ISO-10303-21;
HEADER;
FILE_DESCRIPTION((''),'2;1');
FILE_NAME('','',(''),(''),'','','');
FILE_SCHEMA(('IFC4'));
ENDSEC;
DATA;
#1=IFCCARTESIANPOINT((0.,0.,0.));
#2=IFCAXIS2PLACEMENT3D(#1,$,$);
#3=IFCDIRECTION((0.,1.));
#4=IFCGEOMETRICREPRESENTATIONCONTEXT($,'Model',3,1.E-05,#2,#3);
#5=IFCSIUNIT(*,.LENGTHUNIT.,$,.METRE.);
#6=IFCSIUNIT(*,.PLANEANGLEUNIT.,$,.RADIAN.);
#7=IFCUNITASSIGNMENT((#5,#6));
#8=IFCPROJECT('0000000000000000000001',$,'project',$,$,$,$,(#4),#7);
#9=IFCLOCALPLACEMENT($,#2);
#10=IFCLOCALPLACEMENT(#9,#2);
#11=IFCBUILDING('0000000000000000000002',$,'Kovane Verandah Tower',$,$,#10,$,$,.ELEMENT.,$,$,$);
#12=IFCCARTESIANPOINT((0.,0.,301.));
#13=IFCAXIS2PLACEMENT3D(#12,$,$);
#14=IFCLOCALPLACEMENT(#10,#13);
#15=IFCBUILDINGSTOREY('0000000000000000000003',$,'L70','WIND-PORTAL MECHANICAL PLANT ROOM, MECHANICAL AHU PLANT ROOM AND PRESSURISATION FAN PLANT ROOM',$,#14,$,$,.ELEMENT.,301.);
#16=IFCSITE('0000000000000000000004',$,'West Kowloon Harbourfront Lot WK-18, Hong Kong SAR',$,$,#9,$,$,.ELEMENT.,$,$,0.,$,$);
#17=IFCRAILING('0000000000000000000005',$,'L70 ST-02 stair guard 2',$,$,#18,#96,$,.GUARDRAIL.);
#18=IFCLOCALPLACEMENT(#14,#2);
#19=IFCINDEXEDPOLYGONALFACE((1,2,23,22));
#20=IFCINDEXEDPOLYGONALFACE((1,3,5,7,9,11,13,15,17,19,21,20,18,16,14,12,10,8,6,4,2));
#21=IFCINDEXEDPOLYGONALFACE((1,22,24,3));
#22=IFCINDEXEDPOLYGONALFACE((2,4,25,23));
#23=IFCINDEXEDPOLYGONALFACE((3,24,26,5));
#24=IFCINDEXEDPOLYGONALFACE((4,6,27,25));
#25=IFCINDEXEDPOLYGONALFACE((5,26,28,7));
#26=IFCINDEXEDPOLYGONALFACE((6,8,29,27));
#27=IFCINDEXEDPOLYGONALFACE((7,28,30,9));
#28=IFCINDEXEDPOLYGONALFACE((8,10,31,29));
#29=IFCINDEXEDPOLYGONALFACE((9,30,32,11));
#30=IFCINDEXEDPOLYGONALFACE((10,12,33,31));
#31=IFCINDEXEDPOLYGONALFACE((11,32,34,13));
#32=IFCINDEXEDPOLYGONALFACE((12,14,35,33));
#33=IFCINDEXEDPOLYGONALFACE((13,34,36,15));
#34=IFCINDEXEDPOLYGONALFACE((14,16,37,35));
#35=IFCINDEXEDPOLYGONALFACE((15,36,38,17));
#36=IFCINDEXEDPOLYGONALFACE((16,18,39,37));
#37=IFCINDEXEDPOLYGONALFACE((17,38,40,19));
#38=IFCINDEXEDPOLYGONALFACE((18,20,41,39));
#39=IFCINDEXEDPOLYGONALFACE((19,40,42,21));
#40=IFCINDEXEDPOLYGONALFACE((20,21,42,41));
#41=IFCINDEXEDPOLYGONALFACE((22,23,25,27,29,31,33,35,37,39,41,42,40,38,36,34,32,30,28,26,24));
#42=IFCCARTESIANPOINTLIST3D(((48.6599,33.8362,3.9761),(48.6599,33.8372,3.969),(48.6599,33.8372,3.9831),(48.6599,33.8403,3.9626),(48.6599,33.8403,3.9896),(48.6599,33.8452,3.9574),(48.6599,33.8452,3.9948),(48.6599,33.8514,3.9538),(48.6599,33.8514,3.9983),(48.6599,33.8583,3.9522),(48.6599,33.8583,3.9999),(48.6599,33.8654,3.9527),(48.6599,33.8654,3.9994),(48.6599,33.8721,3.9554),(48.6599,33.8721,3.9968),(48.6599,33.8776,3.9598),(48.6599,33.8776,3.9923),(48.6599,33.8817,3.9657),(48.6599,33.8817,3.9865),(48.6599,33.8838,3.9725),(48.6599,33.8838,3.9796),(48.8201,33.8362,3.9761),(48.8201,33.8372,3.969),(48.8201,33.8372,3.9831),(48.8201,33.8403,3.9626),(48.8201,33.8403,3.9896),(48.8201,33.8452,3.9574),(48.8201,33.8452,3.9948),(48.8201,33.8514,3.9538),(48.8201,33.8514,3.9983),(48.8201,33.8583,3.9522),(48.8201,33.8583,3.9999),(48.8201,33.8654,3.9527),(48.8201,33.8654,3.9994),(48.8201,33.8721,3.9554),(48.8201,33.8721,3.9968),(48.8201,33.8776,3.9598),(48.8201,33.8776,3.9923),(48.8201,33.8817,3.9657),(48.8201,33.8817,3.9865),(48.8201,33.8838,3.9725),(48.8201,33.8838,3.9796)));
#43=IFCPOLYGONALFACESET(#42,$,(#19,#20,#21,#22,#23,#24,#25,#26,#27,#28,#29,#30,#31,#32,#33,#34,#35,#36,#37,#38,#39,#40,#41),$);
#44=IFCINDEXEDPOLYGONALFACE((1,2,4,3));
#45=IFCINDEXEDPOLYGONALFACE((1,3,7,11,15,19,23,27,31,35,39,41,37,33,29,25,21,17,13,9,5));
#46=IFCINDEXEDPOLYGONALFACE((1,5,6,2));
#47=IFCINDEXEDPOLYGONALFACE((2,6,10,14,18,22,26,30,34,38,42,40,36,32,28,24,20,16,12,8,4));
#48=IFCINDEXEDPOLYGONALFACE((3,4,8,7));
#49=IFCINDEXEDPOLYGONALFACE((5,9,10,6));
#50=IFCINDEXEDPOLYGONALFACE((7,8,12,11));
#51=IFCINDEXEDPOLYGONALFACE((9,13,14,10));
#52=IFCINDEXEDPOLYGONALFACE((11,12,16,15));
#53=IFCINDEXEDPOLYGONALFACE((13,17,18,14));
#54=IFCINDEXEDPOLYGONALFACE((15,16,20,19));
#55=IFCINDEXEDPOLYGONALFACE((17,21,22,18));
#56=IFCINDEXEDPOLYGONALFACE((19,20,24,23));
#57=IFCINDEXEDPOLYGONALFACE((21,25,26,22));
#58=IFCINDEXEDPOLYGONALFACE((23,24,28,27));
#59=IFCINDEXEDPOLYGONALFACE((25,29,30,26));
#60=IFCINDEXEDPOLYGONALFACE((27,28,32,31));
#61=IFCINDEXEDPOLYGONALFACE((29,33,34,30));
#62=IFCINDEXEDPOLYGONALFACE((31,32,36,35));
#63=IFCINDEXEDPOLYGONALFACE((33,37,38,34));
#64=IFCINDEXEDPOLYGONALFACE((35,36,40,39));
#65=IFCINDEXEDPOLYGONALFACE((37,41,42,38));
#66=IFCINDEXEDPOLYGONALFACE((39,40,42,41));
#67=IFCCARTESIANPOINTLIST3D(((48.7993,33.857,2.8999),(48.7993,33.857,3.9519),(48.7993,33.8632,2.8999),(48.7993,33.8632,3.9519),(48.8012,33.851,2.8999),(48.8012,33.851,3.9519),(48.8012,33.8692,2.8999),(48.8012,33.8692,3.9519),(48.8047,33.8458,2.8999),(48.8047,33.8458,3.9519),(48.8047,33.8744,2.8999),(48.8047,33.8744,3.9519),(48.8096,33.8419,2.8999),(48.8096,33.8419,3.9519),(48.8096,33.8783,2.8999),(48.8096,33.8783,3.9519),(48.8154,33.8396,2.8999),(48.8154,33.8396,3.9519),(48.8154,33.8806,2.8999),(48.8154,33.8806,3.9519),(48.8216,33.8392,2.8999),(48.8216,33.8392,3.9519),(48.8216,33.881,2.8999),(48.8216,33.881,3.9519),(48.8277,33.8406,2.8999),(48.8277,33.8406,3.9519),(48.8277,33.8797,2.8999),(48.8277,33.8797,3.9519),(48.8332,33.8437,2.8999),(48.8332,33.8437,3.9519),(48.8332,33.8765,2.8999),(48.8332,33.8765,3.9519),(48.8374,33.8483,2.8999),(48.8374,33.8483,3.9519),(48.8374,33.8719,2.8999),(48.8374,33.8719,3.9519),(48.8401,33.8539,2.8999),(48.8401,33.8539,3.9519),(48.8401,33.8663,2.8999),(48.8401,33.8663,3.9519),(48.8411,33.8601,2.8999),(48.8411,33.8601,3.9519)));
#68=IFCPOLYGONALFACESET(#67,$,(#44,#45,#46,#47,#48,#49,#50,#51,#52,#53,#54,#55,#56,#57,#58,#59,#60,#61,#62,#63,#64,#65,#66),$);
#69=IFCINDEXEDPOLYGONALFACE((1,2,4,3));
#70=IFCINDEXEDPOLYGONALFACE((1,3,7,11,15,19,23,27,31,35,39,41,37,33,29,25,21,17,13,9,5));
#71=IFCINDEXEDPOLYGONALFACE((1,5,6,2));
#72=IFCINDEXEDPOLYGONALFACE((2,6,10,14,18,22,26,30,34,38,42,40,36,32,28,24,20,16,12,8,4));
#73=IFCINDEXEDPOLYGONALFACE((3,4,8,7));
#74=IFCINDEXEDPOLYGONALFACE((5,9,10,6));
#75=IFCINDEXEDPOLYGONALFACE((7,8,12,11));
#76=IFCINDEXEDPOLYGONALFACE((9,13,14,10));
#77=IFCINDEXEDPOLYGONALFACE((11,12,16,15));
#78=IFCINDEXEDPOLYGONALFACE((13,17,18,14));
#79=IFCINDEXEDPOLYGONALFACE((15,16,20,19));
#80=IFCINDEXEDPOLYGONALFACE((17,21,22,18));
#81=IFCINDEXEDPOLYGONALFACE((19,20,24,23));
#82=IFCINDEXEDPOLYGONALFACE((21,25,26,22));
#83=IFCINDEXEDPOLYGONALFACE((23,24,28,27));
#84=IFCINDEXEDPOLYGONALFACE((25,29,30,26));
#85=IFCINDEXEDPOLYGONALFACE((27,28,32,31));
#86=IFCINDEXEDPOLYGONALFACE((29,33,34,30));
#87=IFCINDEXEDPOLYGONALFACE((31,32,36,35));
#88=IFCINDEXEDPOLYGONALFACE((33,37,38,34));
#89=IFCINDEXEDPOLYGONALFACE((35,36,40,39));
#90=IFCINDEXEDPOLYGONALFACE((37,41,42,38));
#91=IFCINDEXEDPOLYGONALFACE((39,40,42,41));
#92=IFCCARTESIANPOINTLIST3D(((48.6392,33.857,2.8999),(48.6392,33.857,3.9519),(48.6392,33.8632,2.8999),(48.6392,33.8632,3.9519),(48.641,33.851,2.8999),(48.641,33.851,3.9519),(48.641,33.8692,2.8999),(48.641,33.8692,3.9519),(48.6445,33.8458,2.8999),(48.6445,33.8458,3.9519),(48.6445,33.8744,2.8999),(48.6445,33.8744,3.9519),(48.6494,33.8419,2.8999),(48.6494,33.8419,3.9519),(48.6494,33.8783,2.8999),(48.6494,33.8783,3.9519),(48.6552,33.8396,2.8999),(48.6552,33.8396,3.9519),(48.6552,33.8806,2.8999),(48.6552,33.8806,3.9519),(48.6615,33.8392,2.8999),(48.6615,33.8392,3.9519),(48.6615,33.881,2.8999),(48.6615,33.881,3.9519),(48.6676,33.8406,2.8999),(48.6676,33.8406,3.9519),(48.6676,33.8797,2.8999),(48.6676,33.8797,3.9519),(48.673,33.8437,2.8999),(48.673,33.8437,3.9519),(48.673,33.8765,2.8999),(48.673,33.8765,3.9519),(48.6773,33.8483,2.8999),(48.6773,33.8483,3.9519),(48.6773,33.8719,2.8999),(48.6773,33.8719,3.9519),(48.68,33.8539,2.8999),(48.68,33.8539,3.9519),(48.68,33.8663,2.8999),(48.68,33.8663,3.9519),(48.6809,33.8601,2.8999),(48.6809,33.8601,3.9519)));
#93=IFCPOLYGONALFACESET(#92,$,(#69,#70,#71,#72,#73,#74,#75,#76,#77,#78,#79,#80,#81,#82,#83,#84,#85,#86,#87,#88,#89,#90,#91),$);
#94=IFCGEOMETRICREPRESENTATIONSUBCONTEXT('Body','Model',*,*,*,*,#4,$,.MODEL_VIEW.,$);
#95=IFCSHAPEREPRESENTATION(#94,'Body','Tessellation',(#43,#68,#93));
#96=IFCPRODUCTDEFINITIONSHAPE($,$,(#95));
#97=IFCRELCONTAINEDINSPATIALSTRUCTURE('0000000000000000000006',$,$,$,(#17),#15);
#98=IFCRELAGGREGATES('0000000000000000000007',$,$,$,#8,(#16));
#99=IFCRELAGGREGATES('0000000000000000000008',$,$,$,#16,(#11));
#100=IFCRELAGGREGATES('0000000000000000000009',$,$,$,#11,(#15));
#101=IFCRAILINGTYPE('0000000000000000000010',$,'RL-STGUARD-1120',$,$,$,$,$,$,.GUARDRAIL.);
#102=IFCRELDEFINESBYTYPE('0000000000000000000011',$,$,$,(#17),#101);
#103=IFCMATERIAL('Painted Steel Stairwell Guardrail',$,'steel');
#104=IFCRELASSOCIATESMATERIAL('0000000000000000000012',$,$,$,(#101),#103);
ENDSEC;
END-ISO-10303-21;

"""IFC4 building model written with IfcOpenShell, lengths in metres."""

from ifc_helpers import new_model, si_unit, direction, frame, origin, origin_2d, place, context, subcontext, project, spatial, circle, extrude, material, type_object, element, save


model = new_model("IFC4")

# Units and contexts
model_context = context("Model", 3, precision=1e-05, world=origin(), true_north=direction((0.0, 1.0)))
body_context = subcontext(model_context, "Body", "Model", "MODEL_VIEW")
ifc_project = project(units=[si_unit("LENGTHUNIT", "METRE"), si_unit("PLANEANGLEUNIT", "RADIAN")], contexts=[model_context])

# Site, building, storey
site_placement = place(None, origin())
site = spatial("IfcSite", under=ifc_project, at=site_placement, Name="West Kowloon Harbourfront Lot WK-18, Hong Kong SAR", CompositionType="ELEMENT", RefElevation=0.0)
building_placement = place(site_placement, origin())
building = spatial("IfcBuilding", under=site, at=building_placement, Name="Kovane Verandah Tower", CompositionType="ELEMENT")
storey_placement = place(building_placement, frame((0.0, 0.0, 301.0)))
storey = spatial("IfcBuildingStorey", under=building, at=storey_placement, Name="L70", Description="WIND-PORTAL MECHANICAL PLANT ROOM, MECHANICAL AHU PLANT ROOM AND PRESSURISATION FAN PLANT ROOM", CompositionType="ELEMENT", Elevation=301.0)

# Railing
ifc_material_1 = material(Name="Painted Steel Stairwell Guardrail", Category="steel")
railing_type_1 = type_object("IfcRailingType", Name="RL-STGUARD-1120", PredefinedType="GUARDRAIL", material=ifc_material_1)
railing_1_placement = place(storey_placement, frame((48.8201, 33.8601, 2.8999)))
element("IfcRailing", 1, at=railing_1_placement, inside=storey, type_object=railing_type_1, Name="L70 ST-02 stair guard 2", PredefinedType="GUARDRAIL", context=body_context, shape_type="SweptSolid", body=[
    extrude(circle(Radius=0.0239, at=origin_2d()), frame((0.0, 0.0, 1.0762), z_axis=(-1.0, 0.0, 0.0), x_axis=(0.0, -1.0, 0.0)), (0.0, 0.0, 1.0), 0.1602),
    extrude(circle(Radius=0.021, at=origin_2d()), origin(), (0.0, 0.0, 1.0), 1.052),
    extrude(circle(Radius=0.021, at=origin_2d()), frame((-0.1602, 0.0, 0.0)), (0.0, 0.0, 1.0), 1.052),
])

save(model, "model.ifc")
